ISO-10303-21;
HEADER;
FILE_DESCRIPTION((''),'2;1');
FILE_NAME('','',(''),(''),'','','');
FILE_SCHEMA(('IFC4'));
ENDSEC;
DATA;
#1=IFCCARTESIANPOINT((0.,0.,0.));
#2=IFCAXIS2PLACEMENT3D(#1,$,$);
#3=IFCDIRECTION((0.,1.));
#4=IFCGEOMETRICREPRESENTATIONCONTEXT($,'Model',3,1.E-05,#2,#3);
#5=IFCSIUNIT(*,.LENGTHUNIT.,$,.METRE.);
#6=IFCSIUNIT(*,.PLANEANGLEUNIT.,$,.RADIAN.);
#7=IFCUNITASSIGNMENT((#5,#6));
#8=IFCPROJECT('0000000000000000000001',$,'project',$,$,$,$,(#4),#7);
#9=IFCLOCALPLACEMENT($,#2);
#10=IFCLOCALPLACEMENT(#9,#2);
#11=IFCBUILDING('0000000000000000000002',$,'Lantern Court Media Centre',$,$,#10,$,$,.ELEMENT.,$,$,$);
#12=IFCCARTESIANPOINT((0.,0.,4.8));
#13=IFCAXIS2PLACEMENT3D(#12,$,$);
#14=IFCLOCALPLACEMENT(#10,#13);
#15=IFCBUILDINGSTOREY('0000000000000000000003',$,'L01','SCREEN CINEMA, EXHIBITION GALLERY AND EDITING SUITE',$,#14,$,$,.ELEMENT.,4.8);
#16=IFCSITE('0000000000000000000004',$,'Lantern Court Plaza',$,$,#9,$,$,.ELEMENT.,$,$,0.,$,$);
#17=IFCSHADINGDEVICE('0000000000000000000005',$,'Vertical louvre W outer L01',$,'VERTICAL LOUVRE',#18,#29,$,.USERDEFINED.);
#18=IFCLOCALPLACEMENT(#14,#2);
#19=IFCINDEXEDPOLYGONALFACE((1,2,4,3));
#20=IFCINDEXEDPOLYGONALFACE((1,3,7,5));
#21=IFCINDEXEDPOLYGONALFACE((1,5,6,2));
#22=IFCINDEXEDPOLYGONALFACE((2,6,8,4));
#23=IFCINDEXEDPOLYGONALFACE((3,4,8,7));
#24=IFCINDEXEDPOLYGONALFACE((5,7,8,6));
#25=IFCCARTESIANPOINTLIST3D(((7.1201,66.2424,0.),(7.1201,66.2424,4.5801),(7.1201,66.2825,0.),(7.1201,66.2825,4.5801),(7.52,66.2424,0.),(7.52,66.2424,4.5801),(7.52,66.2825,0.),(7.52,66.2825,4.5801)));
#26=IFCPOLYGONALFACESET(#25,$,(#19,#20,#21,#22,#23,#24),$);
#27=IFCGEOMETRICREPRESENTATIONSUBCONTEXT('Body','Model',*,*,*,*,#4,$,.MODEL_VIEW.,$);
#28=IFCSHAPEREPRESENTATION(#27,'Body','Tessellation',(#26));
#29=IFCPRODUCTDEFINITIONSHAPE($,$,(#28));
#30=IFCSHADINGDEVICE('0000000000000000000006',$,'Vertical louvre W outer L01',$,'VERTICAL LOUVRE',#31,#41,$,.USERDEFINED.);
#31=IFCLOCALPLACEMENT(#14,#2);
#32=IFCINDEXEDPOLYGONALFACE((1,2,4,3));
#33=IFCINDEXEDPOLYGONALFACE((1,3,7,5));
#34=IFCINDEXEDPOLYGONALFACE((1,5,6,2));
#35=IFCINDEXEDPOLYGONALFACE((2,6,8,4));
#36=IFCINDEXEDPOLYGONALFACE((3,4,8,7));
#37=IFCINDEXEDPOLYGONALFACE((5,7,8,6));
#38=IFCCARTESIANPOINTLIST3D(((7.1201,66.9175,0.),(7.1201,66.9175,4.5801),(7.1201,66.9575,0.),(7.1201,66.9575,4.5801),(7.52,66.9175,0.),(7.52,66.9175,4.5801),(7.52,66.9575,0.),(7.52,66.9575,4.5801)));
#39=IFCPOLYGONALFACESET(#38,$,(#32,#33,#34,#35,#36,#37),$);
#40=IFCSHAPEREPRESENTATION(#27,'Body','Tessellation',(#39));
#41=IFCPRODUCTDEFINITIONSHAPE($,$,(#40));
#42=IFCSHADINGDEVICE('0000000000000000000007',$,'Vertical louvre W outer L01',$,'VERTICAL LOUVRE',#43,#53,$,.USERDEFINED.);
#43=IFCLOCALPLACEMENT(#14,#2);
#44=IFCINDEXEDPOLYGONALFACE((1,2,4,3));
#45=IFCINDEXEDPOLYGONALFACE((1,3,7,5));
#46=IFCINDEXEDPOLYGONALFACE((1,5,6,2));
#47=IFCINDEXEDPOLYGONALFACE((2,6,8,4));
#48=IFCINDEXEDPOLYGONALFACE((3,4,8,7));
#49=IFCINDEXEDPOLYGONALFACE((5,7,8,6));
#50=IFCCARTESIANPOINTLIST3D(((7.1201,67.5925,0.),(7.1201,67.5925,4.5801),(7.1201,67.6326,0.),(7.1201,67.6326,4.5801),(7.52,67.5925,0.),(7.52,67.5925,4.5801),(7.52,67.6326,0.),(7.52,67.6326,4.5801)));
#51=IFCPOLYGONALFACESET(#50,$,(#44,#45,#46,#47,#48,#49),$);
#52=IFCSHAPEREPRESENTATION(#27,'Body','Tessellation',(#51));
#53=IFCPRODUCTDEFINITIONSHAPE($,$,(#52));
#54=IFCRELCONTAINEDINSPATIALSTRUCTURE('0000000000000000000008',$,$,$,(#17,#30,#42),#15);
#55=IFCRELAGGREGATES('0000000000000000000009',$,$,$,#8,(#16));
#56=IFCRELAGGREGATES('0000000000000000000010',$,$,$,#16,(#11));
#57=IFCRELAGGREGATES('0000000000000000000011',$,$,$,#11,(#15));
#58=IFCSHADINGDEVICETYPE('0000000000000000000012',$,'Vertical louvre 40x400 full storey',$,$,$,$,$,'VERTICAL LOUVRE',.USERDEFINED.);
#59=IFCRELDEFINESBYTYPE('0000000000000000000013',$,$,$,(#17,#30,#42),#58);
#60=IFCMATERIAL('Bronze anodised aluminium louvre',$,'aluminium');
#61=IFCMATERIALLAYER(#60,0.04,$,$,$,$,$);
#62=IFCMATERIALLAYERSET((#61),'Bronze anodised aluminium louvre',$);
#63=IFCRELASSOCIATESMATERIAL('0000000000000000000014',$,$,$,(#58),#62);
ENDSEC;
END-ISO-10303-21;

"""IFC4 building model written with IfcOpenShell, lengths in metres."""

from ifc_helpers import new_model, si_unit, direction, frame, origin, origin_2d, place, context, subcontext, project, spatial, rectangle, extrude, material, layer, layer_set, type_object, element, save


model = new_model("IFC4")

# Units and contexts
model_context = context("Model", 3, precision=1e-05, world=origin(), true_north=direction((0.0, 1.0)))
body_context = subcontext(model_context, "Body", "Model", "MODEL_VIEW")
ifc_project = project(units=[si_unit("LENGTHUNIT", "METRE"), si_unit("PLANEANGLEUNIT", "RADIAN")], contexts=[model_context])

# Site, building, storey
site_placement = place(None, origin())
site = spatial("IfcSite", under=ifc_project, at=site_placement, Name="Lantern Court Plaza", CompositionType="ELEMENT", RefElevation=0.0)
building_placement = place(site_placement, origin())
building = spatial("IfcBuilding", under=site, at=building_placement, Name="Lantern Court Media Centre", CompositionType="ELEMENT")
storey_placement = place(building_placement, frame((0.0, 0.0, 4.8)))
storey = spatial("IfcBuildingStorey", under=building, at=storey_placement, Name="L01", Description="SCREEN CINEMA, EXHIBITION GALLERY AND EDITING SUITE", CompositionType="ELEMENT", Elevation=4.8)

# Shading devices
ifc_material_1 = material(Name="Bronze anodised aluminium louvre", Category="aluminium")
ifc_layer_1 = layer(ifc_material_1, 0.04)
ifc_layer_set_1 = layer_set([ifc_layer_1], Name="Bronze anodised aluminium louvre")
shading_device_type = type_object("IfcShadingDeviceType", Name="Vertical louvre 40x400 full storey", ElementType="VERTICAL LOUVRE", PredefinedType="USERDEFINED", material=ifc_layer_set_1)
for number, where, z_axis, x_axis, name in (
    (1, (7.3201, 66.2625, 0.0), (0.0, 0.0, 1.0), (1.0, 0.0, 0.0), "Vertical louvre W outer L01"),
    (2, (7.3201, 66.9375, 0.0), (0.0, 0.0, 1.0), (1.0, 0.0, 0.0), "Vertical louvre W outer L01"),
    (3, (7.3201, 67.6125, 0.0), (0.0, 0.0, 1.0), (1.0, 0.0, 0.0), "Vertical louvre W outer L01"),
):
    element("IfcShadingDevice", number, at=place(storey_placement, frame(where, z_axis=z_axis, x_axis=x_axis)), inside=storey, type_object=shading_device_type, Name=name, ObjectType="VERTICAL LOUVRE", PredefinedType="USERDEFINED", context=body_context, shape_type="SweptSolid", body=[
        extrude(rectangle(XDim=0.3999, YDim=0.04, at=origin_2d()), origin(), (0.0, 0.0, 1.0), 4.5801),
    ])

save(model, "model.ifc")
